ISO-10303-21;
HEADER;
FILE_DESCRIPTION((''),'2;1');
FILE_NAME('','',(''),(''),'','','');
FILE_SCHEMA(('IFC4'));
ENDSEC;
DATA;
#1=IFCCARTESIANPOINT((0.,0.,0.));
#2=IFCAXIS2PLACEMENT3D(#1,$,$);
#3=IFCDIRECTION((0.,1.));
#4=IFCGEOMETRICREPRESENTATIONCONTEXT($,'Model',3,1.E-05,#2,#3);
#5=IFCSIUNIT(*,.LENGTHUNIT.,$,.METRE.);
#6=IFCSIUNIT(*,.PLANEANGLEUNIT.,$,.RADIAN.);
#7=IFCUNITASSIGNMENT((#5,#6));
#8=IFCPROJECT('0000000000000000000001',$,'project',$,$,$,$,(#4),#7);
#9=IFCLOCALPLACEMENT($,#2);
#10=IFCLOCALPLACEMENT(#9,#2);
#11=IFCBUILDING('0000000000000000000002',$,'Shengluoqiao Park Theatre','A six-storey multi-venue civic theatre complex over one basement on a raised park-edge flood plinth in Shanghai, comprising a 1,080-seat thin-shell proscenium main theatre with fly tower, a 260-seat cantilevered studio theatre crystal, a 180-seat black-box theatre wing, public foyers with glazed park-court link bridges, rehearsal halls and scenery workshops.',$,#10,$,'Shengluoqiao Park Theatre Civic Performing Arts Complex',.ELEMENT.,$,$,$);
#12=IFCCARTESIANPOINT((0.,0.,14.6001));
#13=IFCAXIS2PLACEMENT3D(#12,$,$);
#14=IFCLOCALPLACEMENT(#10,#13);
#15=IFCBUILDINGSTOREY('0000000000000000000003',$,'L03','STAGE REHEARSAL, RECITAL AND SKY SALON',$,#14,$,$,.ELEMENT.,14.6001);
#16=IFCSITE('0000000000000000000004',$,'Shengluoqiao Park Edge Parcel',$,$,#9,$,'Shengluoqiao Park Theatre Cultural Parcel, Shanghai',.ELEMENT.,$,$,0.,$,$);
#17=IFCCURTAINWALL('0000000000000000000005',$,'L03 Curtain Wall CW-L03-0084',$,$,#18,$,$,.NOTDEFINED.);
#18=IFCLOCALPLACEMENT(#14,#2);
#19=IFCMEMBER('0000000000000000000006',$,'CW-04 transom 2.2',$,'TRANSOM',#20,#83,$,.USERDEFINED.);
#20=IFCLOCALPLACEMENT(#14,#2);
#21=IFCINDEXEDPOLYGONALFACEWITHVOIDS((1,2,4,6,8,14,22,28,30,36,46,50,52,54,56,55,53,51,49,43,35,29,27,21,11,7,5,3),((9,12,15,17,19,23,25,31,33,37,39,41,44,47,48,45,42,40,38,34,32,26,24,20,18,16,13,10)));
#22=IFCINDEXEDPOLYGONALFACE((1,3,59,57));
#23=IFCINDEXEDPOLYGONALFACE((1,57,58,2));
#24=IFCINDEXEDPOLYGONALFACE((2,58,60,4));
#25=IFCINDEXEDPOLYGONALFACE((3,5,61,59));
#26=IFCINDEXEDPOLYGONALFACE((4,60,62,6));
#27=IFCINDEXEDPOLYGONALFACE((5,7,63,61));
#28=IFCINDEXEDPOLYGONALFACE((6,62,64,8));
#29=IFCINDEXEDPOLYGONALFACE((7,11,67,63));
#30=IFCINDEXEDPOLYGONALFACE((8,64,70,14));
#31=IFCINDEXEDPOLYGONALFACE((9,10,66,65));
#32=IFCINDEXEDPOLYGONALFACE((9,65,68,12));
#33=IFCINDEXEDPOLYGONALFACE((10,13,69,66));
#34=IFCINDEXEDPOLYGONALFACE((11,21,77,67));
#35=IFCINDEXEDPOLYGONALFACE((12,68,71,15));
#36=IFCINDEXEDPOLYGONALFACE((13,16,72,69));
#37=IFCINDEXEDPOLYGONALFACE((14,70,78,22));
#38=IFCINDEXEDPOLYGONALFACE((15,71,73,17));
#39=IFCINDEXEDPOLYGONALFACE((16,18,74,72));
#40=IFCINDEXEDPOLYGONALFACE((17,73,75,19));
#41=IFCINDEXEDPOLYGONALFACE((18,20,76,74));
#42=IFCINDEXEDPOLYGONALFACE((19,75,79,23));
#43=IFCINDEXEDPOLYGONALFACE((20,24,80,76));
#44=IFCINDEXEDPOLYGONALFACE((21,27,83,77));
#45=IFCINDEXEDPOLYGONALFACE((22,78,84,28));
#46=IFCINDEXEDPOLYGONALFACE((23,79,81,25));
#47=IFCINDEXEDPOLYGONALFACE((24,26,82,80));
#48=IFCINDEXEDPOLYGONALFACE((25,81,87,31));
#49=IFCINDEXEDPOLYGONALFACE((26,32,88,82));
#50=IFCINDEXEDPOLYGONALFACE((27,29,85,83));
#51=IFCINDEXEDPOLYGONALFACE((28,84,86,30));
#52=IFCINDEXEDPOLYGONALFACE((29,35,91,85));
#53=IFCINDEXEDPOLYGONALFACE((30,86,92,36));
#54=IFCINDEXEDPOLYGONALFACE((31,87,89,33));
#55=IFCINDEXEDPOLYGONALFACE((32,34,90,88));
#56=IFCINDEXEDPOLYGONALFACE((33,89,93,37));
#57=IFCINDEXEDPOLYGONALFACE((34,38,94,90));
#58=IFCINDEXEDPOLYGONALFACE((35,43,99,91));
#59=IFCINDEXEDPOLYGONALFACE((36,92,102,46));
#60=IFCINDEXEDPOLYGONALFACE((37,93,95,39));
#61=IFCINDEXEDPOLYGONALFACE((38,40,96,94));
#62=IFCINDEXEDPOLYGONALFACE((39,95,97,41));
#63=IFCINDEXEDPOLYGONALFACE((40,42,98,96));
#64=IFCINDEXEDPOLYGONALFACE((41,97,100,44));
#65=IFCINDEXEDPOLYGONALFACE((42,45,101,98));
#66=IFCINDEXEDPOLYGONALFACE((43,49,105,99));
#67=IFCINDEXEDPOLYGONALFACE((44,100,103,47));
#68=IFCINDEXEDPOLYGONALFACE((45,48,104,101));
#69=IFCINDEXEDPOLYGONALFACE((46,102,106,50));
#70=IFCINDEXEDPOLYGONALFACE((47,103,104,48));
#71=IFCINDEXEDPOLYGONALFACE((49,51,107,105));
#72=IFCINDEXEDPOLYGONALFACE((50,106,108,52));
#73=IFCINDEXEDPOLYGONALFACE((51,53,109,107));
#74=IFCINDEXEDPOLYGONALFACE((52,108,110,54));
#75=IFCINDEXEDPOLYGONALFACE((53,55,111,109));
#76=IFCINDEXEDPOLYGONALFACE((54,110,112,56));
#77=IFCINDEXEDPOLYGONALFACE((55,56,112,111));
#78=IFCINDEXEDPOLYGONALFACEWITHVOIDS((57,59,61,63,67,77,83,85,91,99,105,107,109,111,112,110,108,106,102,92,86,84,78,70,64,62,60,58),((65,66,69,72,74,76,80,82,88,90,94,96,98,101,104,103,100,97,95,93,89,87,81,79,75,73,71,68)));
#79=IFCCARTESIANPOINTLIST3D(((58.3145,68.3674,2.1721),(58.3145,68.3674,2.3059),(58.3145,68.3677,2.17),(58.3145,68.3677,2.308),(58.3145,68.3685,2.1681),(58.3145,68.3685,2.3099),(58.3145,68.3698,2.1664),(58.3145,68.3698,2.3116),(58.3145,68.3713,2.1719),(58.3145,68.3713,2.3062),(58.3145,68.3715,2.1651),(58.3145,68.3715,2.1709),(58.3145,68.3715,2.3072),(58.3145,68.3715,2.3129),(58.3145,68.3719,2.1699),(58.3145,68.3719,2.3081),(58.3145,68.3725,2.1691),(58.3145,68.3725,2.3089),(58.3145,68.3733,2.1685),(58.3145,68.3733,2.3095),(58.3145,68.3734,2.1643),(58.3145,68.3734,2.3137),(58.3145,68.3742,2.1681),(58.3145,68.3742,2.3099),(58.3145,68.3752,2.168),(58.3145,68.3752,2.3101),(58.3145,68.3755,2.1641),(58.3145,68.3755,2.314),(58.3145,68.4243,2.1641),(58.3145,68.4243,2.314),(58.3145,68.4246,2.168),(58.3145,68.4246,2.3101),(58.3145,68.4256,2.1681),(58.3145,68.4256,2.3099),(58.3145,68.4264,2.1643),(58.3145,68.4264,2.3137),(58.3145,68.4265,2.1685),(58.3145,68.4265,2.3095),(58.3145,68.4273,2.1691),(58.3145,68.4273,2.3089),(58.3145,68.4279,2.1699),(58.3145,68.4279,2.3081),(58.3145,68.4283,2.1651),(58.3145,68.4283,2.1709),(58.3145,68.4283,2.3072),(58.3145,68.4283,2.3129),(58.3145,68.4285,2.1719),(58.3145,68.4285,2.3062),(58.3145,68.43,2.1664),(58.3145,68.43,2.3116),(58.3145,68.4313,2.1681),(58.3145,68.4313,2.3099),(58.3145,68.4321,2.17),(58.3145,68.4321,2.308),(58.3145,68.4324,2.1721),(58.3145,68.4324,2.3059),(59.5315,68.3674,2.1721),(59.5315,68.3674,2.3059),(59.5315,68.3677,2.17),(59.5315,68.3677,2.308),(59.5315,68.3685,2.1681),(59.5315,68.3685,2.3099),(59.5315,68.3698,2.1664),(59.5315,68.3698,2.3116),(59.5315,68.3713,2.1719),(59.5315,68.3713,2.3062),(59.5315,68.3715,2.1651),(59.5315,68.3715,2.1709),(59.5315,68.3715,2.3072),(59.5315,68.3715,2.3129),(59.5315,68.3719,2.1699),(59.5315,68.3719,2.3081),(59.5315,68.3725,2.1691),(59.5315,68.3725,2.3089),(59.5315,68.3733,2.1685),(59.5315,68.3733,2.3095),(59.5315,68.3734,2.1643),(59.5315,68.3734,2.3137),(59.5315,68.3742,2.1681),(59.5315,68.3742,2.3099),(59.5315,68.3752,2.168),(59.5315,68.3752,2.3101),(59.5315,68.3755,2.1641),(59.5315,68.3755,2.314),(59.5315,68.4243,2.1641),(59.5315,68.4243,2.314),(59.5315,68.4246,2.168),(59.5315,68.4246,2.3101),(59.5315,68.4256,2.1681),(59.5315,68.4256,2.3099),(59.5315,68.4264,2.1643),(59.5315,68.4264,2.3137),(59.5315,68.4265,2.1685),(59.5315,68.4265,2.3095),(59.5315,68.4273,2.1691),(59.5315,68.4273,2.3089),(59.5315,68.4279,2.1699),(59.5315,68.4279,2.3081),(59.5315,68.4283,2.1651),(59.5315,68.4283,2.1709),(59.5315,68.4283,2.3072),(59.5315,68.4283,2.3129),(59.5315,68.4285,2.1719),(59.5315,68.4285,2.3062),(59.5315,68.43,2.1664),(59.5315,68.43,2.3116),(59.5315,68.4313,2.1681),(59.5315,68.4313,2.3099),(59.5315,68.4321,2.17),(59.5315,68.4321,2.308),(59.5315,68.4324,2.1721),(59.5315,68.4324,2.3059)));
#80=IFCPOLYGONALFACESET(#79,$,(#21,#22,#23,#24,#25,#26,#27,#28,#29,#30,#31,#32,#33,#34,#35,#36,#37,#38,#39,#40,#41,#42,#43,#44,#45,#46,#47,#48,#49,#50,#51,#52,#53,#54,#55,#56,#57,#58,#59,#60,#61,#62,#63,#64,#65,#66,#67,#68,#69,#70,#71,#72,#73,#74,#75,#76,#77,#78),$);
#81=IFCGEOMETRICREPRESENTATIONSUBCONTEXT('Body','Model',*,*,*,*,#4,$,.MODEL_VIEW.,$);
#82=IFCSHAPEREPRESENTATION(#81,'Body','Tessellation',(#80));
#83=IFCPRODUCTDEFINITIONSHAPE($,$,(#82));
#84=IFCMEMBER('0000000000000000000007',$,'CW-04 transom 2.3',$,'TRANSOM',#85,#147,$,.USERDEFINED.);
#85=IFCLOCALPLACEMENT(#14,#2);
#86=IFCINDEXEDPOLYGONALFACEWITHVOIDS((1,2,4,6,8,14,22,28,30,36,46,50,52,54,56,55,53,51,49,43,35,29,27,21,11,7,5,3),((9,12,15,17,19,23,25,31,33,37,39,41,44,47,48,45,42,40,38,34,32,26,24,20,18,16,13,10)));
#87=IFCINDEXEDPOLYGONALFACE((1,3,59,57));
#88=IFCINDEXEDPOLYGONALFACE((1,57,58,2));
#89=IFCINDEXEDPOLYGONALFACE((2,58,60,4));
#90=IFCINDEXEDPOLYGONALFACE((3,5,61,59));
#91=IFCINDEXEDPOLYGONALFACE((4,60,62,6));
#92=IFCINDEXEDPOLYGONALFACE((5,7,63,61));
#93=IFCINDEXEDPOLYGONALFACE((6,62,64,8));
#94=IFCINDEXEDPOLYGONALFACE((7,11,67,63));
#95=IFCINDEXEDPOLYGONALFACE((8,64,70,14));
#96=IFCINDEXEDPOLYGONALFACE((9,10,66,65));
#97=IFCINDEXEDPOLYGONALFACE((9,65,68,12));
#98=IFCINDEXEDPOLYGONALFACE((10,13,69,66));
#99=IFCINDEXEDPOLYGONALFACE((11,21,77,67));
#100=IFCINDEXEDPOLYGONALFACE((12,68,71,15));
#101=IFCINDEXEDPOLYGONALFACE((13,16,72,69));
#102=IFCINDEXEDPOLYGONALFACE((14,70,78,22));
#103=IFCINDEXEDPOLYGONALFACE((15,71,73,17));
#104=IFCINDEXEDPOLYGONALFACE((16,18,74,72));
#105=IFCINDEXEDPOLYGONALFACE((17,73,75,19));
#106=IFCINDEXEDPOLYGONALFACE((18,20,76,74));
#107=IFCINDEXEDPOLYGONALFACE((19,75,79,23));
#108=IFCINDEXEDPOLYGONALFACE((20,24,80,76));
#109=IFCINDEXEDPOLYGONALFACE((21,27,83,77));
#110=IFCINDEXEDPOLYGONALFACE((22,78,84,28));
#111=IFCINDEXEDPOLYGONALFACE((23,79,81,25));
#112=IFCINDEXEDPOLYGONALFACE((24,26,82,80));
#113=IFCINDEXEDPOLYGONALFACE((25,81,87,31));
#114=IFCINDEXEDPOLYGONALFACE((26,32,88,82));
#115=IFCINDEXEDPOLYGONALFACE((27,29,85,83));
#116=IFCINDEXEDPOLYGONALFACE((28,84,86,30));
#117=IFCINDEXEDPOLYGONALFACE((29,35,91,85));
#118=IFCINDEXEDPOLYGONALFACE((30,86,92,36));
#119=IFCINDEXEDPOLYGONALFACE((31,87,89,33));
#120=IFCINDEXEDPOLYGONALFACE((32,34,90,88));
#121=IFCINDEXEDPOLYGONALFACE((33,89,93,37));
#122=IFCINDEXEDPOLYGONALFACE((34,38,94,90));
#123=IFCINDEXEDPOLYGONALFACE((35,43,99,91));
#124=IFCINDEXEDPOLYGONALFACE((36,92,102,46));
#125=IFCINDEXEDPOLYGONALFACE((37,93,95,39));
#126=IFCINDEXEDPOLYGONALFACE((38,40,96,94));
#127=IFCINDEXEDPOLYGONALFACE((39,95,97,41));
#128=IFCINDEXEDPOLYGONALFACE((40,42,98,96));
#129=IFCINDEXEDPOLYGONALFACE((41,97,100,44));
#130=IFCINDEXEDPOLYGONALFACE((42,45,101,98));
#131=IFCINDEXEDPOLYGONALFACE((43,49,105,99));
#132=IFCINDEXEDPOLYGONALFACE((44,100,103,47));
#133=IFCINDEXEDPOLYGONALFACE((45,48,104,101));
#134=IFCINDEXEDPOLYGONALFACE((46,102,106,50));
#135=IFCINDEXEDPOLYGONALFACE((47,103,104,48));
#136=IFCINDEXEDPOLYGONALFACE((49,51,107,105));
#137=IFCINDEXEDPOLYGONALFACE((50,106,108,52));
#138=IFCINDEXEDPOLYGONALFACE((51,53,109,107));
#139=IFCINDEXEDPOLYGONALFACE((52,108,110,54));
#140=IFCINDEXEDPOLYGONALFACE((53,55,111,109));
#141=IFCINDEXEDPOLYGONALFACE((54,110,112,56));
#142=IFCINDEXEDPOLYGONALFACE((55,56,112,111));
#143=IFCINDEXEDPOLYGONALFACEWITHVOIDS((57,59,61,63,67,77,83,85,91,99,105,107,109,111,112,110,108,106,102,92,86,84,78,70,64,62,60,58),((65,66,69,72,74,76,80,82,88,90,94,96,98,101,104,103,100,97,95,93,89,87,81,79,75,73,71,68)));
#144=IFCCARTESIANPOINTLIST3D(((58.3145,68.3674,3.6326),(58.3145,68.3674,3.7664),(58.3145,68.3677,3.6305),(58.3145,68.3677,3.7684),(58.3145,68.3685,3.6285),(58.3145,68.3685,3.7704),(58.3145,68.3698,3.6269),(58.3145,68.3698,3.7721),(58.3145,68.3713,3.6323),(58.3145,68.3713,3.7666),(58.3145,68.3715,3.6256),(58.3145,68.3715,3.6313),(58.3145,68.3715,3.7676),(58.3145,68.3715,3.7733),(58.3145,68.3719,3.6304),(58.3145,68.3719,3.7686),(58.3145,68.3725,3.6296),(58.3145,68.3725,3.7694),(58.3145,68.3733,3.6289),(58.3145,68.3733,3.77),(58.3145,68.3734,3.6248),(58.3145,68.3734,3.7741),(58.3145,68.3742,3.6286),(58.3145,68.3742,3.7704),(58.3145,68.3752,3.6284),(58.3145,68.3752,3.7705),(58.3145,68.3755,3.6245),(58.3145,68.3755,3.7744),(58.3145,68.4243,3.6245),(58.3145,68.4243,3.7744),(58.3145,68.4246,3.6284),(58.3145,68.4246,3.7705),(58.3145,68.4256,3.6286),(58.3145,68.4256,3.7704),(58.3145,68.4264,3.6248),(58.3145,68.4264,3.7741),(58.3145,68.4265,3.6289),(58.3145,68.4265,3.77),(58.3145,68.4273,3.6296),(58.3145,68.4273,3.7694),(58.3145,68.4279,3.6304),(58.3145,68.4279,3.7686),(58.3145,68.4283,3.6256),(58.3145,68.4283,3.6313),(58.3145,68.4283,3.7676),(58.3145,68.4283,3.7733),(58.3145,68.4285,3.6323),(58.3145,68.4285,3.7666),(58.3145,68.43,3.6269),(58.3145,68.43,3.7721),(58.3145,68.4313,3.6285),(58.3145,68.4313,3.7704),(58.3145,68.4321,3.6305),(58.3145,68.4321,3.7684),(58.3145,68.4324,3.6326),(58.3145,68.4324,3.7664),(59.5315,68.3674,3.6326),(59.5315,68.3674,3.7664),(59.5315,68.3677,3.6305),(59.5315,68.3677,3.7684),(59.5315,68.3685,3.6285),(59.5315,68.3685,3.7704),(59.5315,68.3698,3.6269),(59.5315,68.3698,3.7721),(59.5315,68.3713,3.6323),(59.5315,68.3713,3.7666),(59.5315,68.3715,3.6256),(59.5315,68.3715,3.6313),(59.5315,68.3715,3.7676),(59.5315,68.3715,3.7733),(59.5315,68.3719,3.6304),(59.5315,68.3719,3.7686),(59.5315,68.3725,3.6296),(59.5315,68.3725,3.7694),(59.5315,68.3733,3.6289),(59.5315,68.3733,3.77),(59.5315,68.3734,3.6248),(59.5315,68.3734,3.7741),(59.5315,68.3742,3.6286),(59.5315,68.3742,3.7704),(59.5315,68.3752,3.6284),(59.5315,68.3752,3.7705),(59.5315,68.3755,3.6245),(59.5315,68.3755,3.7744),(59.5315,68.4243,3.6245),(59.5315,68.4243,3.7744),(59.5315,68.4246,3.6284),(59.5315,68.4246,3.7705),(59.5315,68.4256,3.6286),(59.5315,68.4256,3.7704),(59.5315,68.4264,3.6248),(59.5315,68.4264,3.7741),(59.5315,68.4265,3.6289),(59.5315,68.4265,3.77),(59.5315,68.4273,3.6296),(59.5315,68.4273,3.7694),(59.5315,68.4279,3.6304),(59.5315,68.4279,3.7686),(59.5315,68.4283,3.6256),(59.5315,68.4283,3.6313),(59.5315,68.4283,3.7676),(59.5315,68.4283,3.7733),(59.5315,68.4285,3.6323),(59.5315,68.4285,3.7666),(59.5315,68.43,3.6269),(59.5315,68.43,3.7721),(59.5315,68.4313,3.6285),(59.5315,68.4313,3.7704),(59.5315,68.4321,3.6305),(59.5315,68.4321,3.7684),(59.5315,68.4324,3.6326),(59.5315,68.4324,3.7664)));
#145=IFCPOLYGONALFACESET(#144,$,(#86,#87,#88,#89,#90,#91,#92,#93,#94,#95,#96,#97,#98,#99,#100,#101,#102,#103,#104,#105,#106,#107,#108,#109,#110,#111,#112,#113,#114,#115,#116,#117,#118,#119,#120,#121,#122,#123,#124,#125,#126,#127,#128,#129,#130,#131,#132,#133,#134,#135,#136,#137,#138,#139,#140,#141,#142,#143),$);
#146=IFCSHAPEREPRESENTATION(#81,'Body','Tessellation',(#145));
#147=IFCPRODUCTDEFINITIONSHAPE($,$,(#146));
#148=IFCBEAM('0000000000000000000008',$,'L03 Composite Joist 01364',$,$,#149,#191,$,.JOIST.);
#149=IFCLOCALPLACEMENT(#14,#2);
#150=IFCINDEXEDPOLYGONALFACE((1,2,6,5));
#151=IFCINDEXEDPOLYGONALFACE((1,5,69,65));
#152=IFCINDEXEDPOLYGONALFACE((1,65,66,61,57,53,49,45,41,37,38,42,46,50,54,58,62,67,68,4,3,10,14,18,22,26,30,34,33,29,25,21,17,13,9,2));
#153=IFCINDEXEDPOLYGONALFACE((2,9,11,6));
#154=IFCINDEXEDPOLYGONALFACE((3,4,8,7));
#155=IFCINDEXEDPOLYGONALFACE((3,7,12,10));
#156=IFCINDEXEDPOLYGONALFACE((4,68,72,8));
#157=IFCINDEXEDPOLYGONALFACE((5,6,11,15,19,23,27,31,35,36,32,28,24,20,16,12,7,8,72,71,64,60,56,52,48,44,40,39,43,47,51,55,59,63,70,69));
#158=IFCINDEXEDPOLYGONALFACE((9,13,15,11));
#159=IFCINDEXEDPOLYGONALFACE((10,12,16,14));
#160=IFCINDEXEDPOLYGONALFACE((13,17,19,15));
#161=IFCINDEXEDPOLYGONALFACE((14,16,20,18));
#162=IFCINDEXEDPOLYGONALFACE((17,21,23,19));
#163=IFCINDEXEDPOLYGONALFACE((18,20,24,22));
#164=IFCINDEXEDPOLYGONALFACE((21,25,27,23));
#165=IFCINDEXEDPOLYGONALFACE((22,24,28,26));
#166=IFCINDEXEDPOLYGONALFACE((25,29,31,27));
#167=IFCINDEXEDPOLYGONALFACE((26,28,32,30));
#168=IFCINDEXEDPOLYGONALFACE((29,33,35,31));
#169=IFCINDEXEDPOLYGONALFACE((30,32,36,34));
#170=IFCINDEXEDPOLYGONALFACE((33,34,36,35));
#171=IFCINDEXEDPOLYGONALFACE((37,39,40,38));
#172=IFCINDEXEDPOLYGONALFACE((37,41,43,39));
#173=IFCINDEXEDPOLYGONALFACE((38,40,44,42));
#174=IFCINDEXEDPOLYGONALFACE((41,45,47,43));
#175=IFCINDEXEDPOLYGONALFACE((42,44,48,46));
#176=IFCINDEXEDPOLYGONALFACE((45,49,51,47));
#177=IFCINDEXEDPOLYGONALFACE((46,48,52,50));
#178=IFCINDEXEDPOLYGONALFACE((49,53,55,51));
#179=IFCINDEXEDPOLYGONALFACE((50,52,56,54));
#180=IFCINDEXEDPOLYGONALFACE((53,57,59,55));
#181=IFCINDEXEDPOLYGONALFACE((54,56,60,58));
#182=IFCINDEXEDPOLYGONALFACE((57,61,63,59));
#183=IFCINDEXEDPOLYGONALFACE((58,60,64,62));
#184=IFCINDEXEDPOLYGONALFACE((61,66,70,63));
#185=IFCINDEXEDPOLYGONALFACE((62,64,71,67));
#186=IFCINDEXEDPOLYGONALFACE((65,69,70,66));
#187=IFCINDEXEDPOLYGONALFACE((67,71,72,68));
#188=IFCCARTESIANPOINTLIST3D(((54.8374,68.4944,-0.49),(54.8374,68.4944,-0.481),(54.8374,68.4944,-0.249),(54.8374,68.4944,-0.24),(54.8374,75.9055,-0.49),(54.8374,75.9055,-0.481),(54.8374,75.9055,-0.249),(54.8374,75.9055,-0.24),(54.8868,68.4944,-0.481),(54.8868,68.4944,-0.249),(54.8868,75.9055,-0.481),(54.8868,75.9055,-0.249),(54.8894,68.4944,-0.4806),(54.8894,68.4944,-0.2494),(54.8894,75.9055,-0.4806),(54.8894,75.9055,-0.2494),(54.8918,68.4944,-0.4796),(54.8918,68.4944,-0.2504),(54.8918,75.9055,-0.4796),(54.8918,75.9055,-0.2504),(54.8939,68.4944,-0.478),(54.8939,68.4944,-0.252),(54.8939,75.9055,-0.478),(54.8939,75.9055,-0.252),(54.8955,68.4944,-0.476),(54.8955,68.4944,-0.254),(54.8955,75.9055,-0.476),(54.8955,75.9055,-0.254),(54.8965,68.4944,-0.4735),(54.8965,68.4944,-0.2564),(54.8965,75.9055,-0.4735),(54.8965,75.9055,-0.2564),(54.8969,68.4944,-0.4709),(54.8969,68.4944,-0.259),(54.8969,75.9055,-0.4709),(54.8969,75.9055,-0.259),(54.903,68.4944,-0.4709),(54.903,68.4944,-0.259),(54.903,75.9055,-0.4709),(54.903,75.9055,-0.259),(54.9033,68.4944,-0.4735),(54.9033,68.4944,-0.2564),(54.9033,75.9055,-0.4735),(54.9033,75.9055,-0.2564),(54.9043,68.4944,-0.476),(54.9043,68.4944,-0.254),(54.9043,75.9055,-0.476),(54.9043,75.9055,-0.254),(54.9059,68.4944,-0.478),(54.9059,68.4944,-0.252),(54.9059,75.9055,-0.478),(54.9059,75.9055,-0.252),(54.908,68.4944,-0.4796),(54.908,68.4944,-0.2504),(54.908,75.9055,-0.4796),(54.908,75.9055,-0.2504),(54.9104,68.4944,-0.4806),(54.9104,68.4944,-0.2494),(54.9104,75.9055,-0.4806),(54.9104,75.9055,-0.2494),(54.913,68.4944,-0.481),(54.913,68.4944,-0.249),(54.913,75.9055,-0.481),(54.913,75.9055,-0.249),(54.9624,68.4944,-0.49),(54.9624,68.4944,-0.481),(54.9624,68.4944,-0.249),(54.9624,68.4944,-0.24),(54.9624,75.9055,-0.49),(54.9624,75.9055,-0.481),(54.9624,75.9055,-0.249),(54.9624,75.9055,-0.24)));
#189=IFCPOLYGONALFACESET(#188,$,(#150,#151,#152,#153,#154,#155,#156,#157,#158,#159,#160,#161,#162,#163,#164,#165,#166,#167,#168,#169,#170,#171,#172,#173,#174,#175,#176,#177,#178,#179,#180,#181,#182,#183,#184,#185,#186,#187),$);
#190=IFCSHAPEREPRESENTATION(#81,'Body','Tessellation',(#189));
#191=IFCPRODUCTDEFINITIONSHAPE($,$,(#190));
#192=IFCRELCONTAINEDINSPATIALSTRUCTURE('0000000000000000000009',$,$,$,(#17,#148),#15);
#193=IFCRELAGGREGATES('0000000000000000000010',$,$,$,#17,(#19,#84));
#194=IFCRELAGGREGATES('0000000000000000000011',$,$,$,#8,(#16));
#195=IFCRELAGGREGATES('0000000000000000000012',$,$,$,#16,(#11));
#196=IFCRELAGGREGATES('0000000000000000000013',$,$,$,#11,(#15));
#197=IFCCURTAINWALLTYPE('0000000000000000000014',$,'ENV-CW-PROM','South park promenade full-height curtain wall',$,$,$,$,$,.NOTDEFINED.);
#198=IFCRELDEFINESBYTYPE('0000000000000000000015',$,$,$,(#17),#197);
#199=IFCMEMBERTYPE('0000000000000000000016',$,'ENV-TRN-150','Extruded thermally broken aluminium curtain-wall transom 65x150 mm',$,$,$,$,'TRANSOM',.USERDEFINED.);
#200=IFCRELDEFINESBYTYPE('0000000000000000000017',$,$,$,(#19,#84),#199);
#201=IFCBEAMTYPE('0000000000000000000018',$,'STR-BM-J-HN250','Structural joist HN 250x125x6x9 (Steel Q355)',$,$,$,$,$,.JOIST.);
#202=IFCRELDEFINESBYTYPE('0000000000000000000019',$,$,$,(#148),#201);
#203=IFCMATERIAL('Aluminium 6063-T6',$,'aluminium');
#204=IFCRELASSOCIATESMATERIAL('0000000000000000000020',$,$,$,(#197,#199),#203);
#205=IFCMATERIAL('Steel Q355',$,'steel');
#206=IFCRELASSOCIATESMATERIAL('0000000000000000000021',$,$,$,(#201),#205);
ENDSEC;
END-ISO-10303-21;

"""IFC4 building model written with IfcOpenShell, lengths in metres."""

from ifc_helpers import new_model, si_unit, direction, frame, origin, origin_2d, place, context, subcontext, project, spatial, hollow_rectangle, i_section, extrude, material, material_profile, profile_set, type_object, element, aggregate, save


model = new_model("IFC4")

# Units and contexts
model_context = context("Model", 3, precision=1e-05, world=origin(), true_north=direction((0.0, 1.0)))
body_context = subcontext(model_context, "Body", "Model", "MODEL_VIEW")
ifc_project = project(units=[si_unit("LENGTHUNIT", "METRE"), si_unit("PLANEANGLEUNIT", "RADIAN")], contexts=[model_context])

# Site, building, storey
site_placement = place(None, origin())
site = spatial("IfcSite", under=ifc_project, at=site_placement, Name="Shengluoqiao Park Edge Parcel", LongName="Shengluoqiao Park Theatre Cultural Parcel, Shanghai", CompositionType="ELEMENT", RefElevation=0.0)
building_placement = place(site_placement, origin())
building = spatial("IfcBuilding", under=site, at=building_placement, Name="Shengluoqiao Park Theatre", Description="A six-storey multi-venue civic theatre complex over one basement on a raised park-edge flood plinth in Shanghai, comprising a 1,080-seat thin-shell proscenium main theatre with fly tower, a 260-seat cantilevered studio theatre crystal, a 180-seat black-box theatre wing, public foyers with glazed park-court link bridges, rehearsal halls and scenery workshops.", LongName="Shengluoqiao Park Theatre Civic Performing Arts Complex", CompositionType="ELEMENT")
storey_placement = place(building_placement, frame((0.0, 0.0, 14.6001)))
storey = spatial("IfcBuildingStorey", under=building, at=storey_placement, Name="L03", Description="STAGE REHEARSAL, RECITAL AND SKY SALON", CompositionType="ELEMENT", Elevation=14.6001)

# Curtain wall
ifc_material_1 = material(Name="Aluminium 6063-T6", Category="aluminium")
curtain_wall_type = type_object("IfcCurtainWallType", Name="ENV-CW-PROM", Description="South park promenade full-height curtain wall", PredefinedType="NOTDEFINED", material=ifc_material_1)
curtain_wall_1_placement = place(storey_placement, origin())
curtain_wall_1 = element("IfcCurtainWall", 1, at=curtain_wall_1_placement, inside=storey, type_object=curtain_wall_type, Name="L03 Curtain Wall CW-L03-0084", PredefinedType="NOTDEFINED")

# Members
ifc_material_profile_1 = material_profile(ifc_material_1, hollow_rectangle(XDim=0.0649, YDim=0.1499, WallThickness=0.0039, InnerFilletRadius=0.0039, OuterFilletRadius=0.0081, at=origin_2d()), Name="ALU TRANSOM 150x65x4")
ifc_profile_set_1 = profile_set([ifc_material_profile_1], Name="Aluminium 6063-T6")
member_type_1 = type_object("IfcMemberType", Name="ENV-TRN-150", Description="Extruded thermally broken aluminium curtain-wall transom 65x150 mm", ElementType="TRANSOM", PredefinedType="USERDEFINED", material=ifc_profile_set_1)
member_1_placement = place(storey_placement, frame((58.3145, 68.3999, 2.239), z_axis=(1.0, 0.0, 0.0), x_axis=(0.0, 1.0, 0.0)))
member_1 = element("IfcMember", 2, at=member_1_placement, type_object=member_type_1, Name="CW-04 transom 2.2", ObjectType="TRANSOM", PredefinedType="USERDEFINED", context=body_context, shape_type="SweptSolid", body=[
    extrude(hollow_rectangle(XDim=0.0649, YDim=0.1499, WallThickness=0.0039, InnerFilletRadius=0.0039, OuterFilletRadius=0.0081, at=origin_2d()), origin(), (0.0, 0.0, 1.0), 1.217),
])
member_2_placement = place(storey_placement, frame((58.3145, 68.3999, 3.6995), z_axis=(1.0, 0.0, 0.0), x_axis=(0.0, 1.0, 0.0)))
member_2 = element("IfcMember", 3, at=member_2_placement, type_object=member_type_1, Name="CW-04 transom 2.3", ObjectType="TRANSOM", PredefinedType="USERDEFINED", context=body_context, shape_type="SweptSolid", body=[
    extrude(hollow_rectangle(XDim=0.0649, YDim=0.1499, WallThickness=0.0039, InnerFilletRadius=0.0039, OuterFilletRadius=0.0081, at=origin_2d()), origin(), (0.0, 0.0, 1.0), 1.217),
])

# Beam
ifc_material_2 = material(Name="Steel Q355", Category="steel")
ifc_material_profile_2 = material_profile(ifc_material_2, i_section(OverallWidth=0.125, OverallDepth=0.25, WebThickness=0.0061, FlangeThickness=0.009, FilletRadius=0.01, at=origin_2d()), Name="HN 250x125x6x9")
ifc_profile_set_2 = profile_set([ifc_material_profile_2], Name="Steel Q355")
beam_type = type_object("IfcBeamType", Name="STR-BM-J-HN250", Description="Structural joist HN 250x125x6x9 (Steel Q355)", PredefinedType="JOIST", material=ifc_profile_set_2)
for number, where, z_axis, x_axis, name in (
    (4, (54.8999, 68.4944, -0.365), (0.0, 1.0, 0.0), (-1.0, 0.0, 0.0), "L03 Composite Joist 01364"),
):
    element("IfcBeam", number, at=place(storey_placement, frame(where, z_axis=z_axis, x_axis=x_axis)), inside=storey, type_object=beam_type, Name=name, PredefinedType="JOIST", context=body_context, shape_type="SweptSolid", body=[
        extrude(i_section(OverallWidth=0.125, OverallDepth=0.25, WebThickness=0.0061, FlangeThickness=0.009, FilletRadius=0.01, at=origin_2d()), origin(), (0.0, 0.0, 1.0), 7.4111),
    ])

aggregate(curtain_wall_1, [member_1, member_2])

save(model, "model.ifc")
